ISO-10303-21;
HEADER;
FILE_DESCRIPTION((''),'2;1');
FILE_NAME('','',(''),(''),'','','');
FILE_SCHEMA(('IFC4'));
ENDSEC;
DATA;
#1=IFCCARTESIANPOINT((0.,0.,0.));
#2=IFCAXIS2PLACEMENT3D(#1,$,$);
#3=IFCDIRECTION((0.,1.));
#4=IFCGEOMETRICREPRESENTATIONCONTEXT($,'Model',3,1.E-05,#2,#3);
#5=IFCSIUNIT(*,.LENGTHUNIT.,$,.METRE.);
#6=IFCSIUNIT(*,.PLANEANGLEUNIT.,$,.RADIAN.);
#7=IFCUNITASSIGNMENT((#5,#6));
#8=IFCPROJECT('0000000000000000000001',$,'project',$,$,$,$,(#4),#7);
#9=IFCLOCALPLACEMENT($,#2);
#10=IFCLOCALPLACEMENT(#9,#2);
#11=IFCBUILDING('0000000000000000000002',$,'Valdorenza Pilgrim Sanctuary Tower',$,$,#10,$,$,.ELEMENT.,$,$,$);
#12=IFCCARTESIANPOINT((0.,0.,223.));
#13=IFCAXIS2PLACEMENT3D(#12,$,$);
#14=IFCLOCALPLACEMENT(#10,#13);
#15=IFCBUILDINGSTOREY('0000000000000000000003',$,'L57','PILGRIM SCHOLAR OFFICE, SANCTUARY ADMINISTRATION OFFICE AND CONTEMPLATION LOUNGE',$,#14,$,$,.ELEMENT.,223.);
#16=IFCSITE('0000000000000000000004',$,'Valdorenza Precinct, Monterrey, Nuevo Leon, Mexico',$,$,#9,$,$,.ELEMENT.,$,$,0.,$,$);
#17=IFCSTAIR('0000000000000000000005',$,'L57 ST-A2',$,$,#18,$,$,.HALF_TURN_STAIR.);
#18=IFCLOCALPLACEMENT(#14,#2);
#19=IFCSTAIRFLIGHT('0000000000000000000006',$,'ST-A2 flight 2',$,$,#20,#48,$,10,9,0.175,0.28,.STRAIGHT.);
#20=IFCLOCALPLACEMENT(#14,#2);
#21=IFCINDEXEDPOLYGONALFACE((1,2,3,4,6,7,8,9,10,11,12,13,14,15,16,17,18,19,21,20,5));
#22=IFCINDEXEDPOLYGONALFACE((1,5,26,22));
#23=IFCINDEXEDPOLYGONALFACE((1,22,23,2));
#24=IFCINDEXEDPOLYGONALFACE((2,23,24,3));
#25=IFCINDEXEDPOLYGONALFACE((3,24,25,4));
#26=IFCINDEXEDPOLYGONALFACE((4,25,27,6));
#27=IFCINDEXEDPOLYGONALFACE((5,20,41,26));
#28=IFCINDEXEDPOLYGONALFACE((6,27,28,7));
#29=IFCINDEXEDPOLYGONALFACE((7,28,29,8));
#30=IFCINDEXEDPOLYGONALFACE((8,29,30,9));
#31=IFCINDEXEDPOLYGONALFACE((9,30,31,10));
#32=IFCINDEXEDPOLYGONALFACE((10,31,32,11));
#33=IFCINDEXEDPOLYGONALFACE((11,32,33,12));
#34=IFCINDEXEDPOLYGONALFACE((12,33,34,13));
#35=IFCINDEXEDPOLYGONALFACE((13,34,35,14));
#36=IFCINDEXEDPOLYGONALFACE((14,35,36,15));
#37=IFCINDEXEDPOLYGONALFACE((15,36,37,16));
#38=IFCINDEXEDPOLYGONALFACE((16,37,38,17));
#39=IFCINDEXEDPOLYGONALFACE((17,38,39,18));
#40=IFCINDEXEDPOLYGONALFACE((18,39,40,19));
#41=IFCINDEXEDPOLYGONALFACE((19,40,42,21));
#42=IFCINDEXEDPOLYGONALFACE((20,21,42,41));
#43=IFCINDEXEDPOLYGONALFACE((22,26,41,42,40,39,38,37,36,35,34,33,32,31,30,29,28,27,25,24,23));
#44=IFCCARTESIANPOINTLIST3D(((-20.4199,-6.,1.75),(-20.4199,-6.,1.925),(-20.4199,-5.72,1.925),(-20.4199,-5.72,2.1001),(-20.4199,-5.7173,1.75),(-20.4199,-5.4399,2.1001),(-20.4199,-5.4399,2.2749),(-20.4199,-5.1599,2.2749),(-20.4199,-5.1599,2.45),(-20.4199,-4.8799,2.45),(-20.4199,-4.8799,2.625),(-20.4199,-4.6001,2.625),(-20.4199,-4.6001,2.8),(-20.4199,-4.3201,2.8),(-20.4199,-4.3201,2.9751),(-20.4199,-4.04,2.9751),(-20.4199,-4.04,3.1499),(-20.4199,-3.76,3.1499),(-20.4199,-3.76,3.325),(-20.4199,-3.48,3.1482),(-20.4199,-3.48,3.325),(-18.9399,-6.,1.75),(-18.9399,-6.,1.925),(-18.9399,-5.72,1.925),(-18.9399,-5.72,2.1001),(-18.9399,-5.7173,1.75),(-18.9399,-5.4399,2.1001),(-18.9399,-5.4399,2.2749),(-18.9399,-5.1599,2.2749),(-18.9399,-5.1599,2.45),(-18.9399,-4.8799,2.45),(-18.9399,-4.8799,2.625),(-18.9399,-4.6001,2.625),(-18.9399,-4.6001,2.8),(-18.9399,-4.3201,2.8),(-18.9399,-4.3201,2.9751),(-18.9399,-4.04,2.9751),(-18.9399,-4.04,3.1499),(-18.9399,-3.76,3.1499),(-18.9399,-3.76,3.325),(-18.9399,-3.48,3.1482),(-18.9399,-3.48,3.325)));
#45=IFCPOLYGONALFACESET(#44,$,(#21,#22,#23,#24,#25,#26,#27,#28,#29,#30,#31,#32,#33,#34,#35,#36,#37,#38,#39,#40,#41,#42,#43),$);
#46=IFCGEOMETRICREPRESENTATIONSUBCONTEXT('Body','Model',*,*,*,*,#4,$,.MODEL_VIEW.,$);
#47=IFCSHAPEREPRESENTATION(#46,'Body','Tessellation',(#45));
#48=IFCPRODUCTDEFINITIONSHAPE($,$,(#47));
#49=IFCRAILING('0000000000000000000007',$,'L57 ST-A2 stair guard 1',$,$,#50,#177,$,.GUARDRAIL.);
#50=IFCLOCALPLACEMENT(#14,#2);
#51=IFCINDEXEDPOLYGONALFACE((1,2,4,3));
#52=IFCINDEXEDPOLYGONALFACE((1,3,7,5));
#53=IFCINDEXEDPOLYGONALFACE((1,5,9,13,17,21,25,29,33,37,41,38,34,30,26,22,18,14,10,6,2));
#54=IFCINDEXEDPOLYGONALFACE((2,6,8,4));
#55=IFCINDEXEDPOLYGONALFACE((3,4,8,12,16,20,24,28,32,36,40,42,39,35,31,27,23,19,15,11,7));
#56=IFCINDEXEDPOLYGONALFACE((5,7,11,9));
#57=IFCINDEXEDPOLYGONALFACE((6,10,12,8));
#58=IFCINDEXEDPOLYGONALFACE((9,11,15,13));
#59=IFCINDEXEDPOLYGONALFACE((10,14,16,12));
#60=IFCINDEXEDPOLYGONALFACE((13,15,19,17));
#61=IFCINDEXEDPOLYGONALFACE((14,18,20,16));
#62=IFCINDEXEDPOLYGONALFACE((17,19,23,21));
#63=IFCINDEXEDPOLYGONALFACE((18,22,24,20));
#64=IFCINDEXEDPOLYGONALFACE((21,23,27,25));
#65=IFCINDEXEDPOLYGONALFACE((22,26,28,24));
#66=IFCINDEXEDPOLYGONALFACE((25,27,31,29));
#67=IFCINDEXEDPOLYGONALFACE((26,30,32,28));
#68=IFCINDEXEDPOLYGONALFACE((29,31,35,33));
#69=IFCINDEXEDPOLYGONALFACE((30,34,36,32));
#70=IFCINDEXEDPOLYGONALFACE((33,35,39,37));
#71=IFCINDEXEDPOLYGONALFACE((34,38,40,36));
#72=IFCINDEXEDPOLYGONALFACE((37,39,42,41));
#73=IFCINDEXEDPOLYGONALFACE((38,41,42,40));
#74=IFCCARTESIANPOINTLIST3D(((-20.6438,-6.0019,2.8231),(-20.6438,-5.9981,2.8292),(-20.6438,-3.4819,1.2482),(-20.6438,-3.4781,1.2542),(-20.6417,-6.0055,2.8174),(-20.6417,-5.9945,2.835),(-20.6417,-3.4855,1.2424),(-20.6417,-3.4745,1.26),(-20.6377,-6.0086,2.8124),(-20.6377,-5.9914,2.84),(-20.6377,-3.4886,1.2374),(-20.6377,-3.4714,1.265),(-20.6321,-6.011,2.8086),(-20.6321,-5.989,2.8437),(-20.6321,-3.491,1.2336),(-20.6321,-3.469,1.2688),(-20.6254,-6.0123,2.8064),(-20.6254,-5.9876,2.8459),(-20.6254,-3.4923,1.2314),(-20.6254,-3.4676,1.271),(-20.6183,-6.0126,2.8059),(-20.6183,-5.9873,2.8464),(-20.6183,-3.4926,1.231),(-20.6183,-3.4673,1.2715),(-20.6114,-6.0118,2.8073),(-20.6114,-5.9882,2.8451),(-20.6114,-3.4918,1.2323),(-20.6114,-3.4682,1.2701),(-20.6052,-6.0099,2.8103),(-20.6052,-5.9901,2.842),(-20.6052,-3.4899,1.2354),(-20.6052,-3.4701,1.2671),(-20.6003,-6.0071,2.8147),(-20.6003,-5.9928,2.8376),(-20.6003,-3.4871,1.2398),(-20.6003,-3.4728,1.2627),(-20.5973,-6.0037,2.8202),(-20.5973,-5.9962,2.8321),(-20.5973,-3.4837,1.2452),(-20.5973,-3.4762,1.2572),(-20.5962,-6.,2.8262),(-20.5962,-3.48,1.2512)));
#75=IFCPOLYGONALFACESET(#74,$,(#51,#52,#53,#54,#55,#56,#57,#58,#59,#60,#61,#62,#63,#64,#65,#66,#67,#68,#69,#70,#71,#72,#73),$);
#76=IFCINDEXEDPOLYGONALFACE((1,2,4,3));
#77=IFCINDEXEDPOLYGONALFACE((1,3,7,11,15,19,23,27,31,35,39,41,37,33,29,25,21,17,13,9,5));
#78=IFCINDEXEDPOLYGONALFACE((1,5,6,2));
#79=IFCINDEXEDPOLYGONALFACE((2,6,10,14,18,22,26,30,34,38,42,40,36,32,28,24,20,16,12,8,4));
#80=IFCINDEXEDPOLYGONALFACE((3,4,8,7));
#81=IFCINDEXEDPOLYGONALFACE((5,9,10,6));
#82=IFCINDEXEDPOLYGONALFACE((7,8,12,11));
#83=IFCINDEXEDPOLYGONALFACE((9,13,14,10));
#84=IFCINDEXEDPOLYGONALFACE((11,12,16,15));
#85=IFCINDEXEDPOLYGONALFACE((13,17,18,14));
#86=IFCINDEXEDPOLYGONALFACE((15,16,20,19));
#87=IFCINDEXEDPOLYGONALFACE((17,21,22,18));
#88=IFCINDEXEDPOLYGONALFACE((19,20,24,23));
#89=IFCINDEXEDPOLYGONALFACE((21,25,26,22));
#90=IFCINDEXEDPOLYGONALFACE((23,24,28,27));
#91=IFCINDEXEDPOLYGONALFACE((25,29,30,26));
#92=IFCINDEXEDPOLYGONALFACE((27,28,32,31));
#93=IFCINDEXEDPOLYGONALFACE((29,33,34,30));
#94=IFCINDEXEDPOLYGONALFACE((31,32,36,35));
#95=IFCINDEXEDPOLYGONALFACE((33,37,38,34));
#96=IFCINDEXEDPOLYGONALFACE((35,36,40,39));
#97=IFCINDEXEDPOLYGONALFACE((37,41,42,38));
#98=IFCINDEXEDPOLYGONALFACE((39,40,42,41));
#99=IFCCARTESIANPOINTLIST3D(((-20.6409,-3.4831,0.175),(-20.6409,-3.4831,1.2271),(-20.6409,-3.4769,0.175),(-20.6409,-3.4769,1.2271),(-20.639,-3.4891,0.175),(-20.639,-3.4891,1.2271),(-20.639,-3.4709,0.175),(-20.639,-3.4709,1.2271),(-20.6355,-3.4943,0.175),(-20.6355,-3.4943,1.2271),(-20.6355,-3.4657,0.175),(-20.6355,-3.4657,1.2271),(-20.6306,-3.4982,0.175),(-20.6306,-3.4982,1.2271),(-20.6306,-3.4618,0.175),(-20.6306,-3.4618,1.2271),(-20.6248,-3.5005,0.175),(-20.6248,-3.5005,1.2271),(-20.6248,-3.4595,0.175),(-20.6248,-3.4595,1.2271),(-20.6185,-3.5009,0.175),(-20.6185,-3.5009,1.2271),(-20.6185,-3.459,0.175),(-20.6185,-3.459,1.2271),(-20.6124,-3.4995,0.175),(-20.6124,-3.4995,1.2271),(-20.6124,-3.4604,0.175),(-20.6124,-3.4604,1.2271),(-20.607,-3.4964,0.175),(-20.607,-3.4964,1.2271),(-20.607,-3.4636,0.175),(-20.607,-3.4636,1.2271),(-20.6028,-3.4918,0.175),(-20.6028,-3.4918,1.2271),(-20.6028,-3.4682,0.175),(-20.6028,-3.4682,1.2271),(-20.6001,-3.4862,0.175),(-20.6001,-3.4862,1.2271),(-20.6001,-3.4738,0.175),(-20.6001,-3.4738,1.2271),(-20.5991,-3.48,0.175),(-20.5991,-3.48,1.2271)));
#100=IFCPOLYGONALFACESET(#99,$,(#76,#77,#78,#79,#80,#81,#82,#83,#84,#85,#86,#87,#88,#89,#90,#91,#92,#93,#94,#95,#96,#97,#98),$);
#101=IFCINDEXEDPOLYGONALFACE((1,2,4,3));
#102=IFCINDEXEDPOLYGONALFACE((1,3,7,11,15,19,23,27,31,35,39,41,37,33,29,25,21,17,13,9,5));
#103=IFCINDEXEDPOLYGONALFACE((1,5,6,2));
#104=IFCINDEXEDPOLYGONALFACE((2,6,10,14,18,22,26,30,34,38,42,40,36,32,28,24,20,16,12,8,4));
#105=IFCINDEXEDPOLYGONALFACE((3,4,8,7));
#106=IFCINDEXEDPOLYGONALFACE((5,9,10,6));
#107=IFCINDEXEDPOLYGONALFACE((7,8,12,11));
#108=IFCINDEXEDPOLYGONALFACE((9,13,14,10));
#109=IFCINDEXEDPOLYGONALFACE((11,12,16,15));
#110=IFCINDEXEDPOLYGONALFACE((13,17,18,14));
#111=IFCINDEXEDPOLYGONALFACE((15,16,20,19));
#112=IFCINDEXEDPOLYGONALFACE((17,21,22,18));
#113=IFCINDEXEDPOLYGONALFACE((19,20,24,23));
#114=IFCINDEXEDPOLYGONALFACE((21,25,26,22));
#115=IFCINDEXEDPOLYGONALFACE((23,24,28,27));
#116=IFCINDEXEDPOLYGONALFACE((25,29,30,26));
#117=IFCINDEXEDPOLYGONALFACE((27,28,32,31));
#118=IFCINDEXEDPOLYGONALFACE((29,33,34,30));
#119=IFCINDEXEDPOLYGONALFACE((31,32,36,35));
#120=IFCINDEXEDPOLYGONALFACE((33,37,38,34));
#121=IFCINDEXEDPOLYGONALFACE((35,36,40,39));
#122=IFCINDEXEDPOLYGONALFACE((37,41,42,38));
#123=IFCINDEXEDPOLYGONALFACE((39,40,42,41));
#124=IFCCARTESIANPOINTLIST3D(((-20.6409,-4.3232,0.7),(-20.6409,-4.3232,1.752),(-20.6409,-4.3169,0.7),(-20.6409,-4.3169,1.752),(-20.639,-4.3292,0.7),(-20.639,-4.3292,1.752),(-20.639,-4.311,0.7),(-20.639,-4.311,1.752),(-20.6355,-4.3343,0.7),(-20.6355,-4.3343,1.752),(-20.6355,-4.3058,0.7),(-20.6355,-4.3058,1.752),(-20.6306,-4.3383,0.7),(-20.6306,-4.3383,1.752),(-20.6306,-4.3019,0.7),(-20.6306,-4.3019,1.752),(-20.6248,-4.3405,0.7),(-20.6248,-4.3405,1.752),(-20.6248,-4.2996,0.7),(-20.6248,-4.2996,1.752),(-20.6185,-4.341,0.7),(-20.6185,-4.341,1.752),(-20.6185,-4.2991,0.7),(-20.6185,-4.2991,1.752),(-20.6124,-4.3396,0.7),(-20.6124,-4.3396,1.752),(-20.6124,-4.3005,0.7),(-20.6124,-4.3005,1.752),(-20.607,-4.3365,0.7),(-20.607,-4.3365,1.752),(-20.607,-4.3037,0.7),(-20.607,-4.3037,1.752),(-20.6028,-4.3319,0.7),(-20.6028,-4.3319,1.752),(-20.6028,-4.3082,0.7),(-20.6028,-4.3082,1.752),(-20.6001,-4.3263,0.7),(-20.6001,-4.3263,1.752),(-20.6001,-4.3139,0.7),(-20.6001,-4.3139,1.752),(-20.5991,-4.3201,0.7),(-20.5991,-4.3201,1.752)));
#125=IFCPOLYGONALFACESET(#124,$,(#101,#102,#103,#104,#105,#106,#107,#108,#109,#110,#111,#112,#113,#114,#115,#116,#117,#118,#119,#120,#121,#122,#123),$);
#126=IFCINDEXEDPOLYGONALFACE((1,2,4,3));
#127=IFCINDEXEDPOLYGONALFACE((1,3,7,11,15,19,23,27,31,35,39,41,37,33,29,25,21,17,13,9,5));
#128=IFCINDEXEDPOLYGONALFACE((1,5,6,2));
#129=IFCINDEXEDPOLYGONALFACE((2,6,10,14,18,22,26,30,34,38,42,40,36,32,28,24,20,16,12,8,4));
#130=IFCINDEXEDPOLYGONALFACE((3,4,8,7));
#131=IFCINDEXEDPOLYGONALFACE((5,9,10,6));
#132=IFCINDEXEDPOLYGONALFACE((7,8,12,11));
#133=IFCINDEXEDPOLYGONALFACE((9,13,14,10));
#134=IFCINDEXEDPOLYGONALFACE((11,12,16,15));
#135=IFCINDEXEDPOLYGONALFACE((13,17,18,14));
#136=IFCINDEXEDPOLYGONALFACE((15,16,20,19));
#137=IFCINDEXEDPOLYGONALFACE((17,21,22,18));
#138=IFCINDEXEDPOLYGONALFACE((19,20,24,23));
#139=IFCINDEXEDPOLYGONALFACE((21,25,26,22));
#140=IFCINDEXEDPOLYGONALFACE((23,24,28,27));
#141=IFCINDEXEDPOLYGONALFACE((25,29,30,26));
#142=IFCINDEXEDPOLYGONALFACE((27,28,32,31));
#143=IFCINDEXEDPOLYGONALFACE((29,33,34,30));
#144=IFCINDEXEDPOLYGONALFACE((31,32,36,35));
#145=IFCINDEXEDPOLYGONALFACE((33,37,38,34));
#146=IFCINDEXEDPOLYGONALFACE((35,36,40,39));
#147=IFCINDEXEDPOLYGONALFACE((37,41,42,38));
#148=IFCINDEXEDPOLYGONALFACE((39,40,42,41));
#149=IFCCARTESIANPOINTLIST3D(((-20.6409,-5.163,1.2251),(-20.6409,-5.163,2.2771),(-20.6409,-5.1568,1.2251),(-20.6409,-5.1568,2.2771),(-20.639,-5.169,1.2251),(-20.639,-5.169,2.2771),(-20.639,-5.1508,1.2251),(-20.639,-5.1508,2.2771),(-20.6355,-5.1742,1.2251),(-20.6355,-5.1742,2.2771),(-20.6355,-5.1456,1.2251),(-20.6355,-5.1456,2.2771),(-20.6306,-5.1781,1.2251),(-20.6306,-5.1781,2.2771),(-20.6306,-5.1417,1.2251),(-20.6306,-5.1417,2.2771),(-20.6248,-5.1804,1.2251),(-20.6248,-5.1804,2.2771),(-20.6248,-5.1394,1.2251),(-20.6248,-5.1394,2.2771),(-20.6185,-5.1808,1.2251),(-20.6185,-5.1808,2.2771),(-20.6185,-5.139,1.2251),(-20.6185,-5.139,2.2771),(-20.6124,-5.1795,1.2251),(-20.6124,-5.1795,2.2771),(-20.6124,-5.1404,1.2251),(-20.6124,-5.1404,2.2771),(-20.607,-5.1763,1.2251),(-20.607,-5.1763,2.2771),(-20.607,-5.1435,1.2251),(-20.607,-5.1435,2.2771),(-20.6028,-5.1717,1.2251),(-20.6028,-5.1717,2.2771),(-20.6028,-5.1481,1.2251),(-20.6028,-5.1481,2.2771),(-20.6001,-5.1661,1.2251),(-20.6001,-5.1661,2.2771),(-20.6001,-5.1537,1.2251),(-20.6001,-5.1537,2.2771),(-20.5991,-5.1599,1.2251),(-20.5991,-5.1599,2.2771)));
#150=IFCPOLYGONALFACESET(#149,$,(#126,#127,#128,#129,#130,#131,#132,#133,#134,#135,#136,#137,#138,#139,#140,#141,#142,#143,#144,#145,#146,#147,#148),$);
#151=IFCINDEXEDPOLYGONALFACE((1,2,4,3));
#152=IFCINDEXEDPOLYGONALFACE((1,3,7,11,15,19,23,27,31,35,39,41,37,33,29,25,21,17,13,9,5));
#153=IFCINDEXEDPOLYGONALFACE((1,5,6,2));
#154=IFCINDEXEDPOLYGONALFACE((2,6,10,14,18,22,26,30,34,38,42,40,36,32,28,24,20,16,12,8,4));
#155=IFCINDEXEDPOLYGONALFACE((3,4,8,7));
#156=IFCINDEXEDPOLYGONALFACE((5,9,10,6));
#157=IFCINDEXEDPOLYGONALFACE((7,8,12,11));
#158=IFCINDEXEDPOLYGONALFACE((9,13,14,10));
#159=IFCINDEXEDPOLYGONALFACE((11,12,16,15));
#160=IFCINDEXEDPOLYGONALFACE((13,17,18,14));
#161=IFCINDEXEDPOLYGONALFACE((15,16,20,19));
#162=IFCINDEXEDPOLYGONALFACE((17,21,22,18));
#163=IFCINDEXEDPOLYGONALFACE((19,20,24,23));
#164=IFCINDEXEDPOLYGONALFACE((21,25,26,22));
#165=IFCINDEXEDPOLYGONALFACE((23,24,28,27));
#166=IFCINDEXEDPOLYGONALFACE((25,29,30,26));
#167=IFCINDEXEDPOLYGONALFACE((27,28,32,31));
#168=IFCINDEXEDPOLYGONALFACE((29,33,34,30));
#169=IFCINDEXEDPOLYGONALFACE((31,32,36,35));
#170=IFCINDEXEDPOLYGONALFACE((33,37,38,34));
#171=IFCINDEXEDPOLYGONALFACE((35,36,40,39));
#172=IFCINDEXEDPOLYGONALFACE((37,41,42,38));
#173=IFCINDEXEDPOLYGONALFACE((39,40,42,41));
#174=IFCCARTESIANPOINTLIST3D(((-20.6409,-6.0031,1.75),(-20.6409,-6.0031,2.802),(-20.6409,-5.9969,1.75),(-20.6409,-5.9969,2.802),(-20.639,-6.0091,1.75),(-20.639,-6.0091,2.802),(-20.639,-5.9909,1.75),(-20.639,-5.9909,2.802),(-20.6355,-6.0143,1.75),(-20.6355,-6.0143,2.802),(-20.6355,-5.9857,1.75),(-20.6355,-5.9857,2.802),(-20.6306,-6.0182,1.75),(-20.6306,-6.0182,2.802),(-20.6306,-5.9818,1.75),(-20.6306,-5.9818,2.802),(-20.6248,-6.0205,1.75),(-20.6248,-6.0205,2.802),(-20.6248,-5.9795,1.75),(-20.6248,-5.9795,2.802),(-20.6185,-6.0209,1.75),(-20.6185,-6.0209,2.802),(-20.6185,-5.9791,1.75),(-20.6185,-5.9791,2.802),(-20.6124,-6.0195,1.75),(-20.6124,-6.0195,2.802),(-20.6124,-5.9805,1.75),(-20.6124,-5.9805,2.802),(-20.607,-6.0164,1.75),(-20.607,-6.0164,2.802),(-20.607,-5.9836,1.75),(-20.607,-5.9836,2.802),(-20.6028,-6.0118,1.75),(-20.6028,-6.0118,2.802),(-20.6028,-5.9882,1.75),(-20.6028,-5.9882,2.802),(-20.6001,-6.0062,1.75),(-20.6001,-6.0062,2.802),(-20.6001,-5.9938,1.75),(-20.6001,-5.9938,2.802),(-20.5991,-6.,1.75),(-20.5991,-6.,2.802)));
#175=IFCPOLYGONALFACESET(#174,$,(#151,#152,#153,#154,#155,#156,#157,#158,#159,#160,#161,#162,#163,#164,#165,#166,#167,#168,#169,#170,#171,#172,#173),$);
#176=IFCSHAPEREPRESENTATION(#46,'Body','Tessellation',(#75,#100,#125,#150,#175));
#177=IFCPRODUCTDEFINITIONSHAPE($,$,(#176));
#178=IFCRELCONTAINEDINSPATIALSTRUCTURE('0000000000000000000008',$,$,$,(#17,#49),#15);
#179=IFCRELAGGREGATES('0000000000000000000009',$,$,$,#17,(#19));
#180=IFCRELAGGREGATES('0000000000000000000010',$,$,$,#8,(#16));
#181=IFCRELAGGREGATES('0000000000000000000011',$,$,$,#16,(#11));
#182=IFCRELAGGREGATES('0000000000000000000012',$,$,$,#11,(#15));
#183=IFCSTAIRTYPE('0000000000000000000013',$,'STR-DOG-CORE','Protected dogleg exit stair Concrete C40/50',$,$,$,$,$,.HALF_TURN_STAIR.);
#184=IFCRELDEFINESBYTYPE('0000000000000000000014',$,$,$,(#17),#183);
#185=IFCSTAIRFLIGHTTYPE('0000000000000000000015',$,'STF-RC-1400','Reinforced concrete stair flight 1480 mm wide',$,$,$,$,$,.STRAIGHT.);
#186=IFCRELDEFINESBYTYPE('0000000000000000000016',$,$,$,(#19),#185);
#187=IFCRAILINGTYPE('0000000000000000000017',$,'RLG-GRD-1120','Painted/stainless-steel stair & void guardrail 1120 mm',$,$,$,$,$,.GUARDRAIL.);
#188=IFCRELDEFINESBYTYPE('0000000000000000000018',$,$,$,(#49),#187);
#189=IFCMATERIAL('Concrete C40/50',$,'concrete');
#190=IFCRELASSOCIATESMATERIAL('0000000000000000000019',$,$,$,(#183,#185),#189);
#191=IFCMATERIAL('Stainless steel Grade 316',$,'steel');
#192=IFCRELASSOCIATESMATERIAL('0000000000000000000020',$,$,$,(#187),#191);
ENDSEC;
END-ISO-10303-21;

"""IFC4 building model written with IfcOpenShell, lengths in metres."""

from ifc_helpers import new_model, si_unit, direction, frame, origin, origin_2d, place, context, subcontext, project, spatial, polyline, circle, outline, extrude, material, type_object, element, aggregate, save


model = new_model("IFC4")

# Units and contexts
model_context = context("Model", 3, precision=1e-05, world=origin(), true_north=direction((0.0, 1.0)))
body_context = subcontext(model_context, "Body", "Model", "MODEL_VIEW")
ifc_project = project(units=[si_unit("LENGTHUNIT", "METRE"), si_unit("PLANEANGLEUNIT", "RADIAN")], contexts=[model_context])

# Site, building, storey
site_placement = place(None, origin())
site = spatial("IfcSite", under=ifc_project, at=site_placement, Name="Valdorenza Precinct, Monterrey, Nuevo Leon, Mexico", CompositionType="ELEMENT", RefElevation=0.0)
building_placement = place(site_placement, origin())
building = spatial("IfcBuilding", under=site, at=building_placement, Name="Valdorenza Pilgrim Sanctuary Tower", CompositionType="ELEMENT")
storey_placement = place(building_placement, frame((0.0, 0.0, 223.0)))
storey = spatial("IfcBuildingStorey", under=building, at=storey_placement, Name="L57", Description="PILGRIM SCHOLAR OFFICE, SANCTUARY ADMINISTRATION OFFICE AND CONTEMPLATION LOUNGE", CompositionType="ELEMENT", Elevation=223.0)

# Shared definitions
ifc_material_1 = material(Name="Concrete C40/50", Category="concrete")

# Stair, stair flight
stair_type = type_object("IfcStairType", Name="STR-DOG-CORE", Description="Protected dogleg exit stair Concrete C40/50", PredefinedType="HALF_TURN_STAIR", material=ifc_material_1)
stair_placement = place(storey_placement, origin())
stair = element("IfcStair", 1, at=stair_placement, inside=storey, type_object=stair_type, Name="L57 ST-A2", PredefinedType="HALF_TURN_STAIR")
stair_flight_type = type_object("IfcStairFlightType", Name="STF-RC-1400", Description="Reinforced concrete stair flight 1480 mm wide", PredefinedType="STRAIGHT", material=ifc_material_1)
stair_flight_1_placement = place(storey_placement, frame((-19.6799, -6.0, 1.75), z_axis=(0.0, 0.0, 1.0), x_axis=(0.0, 1.0, 0.0)))
stair_flight_1 = element("IfcStairFlight", 2, at=stair_flight_1_placement, type_object=stair_flight_type, Name="ST-A2 flight 2", NumberOfRisers=10, NumberOfTreads=9, PredefinedType="STRAIGHT", RiserHeight=0.175, TreadLength=0.28, context=body_context, shape_type="SweptSolid", body=[
    extrude(outline(polyline([(0.0, 0.0), (0.0, 0.175), (0.28, 0.175), (0.28, 0.3501), (0.5601, 0.3501), (0.5601, 0.5249), (0.8401, 0.5249), (0.8401, 0.7), (1.1201, 0.7), (1.1201, 0.875), (1.3999, 0.875), (1.3999, 1.05), (1.6799, 1.05), (1.6799, 1.2251), (1.96, 1.2251), (1.96, 1.3999), (2.24, 1.3999), (2.24, 1.575), (2.52, 1.575), (2.52, 1.75), (2.52, 1.3982), (0.2827, 0.0), (0.0, 0.0)])), frame((0.0, 0.74, 0.0), z_axis=(0.0, -1.0, 0.0), x_axis=(1.0, 0.0, 0.0)), (0.0, 0.0, 1.0), 1.48),
])
aggregate(stair, [stair_flight_1])

# Railing
ifc_material_2 = material(Name="Stainless steel Grade 316", Category="steel")
railing_type_1 = type_object("IfcRailingType", Name="RLG-GRD-1120", Description="Painted/stainless-steel stair & void guardrail 1120 mm", PredefinedType="GUARDRAIL", material=ifc_material_2)
railing_1_placement = place(storey_placement, frame((-20.6201, -3.48, 0.175)))
element("IfcRailing", 3, at=railing_1_placement, inside=storey, type_object=railing_type_1, Name="L57 ST-A2 stair guard 1", PredefinedType="GUARDRAIL", context=body_context, shape_type="SweptSolid", body=[
    extrude(circle(Radius=0.0239, at=origin_2d()), frame((0.0, 0.0, 1.0762), z_axis=(0.0, -0.848008, 0.529984), x_axis=(1.0, 0.0, 0.0)), (0.0, 0.0, 1.0), 2.9717),
    extrude(circle(Radius=0.021, at=origin_2d()), origin(), (0.0, 0.0, 1.0), 1.052),
    extrude(circle(Radius=0.021, at=origin_2d()), frame((0.0, -0.8401, 0.5249)), (0.0, 0.0, 1.0), 1.052),
    extrude(circle(Radius=0.021, at=origin_2d()), frame((0.0, -1.6799, 1.05)), (0.0, 0.0, 1.0), 1.052),
    extrude(circle(Radius=0.021, at=origin_2d()), frame((0.0, -2.52, 1.575)), (0.0, 0.0, 1.0), 1.052),
])

save(model, "model.ifc")
